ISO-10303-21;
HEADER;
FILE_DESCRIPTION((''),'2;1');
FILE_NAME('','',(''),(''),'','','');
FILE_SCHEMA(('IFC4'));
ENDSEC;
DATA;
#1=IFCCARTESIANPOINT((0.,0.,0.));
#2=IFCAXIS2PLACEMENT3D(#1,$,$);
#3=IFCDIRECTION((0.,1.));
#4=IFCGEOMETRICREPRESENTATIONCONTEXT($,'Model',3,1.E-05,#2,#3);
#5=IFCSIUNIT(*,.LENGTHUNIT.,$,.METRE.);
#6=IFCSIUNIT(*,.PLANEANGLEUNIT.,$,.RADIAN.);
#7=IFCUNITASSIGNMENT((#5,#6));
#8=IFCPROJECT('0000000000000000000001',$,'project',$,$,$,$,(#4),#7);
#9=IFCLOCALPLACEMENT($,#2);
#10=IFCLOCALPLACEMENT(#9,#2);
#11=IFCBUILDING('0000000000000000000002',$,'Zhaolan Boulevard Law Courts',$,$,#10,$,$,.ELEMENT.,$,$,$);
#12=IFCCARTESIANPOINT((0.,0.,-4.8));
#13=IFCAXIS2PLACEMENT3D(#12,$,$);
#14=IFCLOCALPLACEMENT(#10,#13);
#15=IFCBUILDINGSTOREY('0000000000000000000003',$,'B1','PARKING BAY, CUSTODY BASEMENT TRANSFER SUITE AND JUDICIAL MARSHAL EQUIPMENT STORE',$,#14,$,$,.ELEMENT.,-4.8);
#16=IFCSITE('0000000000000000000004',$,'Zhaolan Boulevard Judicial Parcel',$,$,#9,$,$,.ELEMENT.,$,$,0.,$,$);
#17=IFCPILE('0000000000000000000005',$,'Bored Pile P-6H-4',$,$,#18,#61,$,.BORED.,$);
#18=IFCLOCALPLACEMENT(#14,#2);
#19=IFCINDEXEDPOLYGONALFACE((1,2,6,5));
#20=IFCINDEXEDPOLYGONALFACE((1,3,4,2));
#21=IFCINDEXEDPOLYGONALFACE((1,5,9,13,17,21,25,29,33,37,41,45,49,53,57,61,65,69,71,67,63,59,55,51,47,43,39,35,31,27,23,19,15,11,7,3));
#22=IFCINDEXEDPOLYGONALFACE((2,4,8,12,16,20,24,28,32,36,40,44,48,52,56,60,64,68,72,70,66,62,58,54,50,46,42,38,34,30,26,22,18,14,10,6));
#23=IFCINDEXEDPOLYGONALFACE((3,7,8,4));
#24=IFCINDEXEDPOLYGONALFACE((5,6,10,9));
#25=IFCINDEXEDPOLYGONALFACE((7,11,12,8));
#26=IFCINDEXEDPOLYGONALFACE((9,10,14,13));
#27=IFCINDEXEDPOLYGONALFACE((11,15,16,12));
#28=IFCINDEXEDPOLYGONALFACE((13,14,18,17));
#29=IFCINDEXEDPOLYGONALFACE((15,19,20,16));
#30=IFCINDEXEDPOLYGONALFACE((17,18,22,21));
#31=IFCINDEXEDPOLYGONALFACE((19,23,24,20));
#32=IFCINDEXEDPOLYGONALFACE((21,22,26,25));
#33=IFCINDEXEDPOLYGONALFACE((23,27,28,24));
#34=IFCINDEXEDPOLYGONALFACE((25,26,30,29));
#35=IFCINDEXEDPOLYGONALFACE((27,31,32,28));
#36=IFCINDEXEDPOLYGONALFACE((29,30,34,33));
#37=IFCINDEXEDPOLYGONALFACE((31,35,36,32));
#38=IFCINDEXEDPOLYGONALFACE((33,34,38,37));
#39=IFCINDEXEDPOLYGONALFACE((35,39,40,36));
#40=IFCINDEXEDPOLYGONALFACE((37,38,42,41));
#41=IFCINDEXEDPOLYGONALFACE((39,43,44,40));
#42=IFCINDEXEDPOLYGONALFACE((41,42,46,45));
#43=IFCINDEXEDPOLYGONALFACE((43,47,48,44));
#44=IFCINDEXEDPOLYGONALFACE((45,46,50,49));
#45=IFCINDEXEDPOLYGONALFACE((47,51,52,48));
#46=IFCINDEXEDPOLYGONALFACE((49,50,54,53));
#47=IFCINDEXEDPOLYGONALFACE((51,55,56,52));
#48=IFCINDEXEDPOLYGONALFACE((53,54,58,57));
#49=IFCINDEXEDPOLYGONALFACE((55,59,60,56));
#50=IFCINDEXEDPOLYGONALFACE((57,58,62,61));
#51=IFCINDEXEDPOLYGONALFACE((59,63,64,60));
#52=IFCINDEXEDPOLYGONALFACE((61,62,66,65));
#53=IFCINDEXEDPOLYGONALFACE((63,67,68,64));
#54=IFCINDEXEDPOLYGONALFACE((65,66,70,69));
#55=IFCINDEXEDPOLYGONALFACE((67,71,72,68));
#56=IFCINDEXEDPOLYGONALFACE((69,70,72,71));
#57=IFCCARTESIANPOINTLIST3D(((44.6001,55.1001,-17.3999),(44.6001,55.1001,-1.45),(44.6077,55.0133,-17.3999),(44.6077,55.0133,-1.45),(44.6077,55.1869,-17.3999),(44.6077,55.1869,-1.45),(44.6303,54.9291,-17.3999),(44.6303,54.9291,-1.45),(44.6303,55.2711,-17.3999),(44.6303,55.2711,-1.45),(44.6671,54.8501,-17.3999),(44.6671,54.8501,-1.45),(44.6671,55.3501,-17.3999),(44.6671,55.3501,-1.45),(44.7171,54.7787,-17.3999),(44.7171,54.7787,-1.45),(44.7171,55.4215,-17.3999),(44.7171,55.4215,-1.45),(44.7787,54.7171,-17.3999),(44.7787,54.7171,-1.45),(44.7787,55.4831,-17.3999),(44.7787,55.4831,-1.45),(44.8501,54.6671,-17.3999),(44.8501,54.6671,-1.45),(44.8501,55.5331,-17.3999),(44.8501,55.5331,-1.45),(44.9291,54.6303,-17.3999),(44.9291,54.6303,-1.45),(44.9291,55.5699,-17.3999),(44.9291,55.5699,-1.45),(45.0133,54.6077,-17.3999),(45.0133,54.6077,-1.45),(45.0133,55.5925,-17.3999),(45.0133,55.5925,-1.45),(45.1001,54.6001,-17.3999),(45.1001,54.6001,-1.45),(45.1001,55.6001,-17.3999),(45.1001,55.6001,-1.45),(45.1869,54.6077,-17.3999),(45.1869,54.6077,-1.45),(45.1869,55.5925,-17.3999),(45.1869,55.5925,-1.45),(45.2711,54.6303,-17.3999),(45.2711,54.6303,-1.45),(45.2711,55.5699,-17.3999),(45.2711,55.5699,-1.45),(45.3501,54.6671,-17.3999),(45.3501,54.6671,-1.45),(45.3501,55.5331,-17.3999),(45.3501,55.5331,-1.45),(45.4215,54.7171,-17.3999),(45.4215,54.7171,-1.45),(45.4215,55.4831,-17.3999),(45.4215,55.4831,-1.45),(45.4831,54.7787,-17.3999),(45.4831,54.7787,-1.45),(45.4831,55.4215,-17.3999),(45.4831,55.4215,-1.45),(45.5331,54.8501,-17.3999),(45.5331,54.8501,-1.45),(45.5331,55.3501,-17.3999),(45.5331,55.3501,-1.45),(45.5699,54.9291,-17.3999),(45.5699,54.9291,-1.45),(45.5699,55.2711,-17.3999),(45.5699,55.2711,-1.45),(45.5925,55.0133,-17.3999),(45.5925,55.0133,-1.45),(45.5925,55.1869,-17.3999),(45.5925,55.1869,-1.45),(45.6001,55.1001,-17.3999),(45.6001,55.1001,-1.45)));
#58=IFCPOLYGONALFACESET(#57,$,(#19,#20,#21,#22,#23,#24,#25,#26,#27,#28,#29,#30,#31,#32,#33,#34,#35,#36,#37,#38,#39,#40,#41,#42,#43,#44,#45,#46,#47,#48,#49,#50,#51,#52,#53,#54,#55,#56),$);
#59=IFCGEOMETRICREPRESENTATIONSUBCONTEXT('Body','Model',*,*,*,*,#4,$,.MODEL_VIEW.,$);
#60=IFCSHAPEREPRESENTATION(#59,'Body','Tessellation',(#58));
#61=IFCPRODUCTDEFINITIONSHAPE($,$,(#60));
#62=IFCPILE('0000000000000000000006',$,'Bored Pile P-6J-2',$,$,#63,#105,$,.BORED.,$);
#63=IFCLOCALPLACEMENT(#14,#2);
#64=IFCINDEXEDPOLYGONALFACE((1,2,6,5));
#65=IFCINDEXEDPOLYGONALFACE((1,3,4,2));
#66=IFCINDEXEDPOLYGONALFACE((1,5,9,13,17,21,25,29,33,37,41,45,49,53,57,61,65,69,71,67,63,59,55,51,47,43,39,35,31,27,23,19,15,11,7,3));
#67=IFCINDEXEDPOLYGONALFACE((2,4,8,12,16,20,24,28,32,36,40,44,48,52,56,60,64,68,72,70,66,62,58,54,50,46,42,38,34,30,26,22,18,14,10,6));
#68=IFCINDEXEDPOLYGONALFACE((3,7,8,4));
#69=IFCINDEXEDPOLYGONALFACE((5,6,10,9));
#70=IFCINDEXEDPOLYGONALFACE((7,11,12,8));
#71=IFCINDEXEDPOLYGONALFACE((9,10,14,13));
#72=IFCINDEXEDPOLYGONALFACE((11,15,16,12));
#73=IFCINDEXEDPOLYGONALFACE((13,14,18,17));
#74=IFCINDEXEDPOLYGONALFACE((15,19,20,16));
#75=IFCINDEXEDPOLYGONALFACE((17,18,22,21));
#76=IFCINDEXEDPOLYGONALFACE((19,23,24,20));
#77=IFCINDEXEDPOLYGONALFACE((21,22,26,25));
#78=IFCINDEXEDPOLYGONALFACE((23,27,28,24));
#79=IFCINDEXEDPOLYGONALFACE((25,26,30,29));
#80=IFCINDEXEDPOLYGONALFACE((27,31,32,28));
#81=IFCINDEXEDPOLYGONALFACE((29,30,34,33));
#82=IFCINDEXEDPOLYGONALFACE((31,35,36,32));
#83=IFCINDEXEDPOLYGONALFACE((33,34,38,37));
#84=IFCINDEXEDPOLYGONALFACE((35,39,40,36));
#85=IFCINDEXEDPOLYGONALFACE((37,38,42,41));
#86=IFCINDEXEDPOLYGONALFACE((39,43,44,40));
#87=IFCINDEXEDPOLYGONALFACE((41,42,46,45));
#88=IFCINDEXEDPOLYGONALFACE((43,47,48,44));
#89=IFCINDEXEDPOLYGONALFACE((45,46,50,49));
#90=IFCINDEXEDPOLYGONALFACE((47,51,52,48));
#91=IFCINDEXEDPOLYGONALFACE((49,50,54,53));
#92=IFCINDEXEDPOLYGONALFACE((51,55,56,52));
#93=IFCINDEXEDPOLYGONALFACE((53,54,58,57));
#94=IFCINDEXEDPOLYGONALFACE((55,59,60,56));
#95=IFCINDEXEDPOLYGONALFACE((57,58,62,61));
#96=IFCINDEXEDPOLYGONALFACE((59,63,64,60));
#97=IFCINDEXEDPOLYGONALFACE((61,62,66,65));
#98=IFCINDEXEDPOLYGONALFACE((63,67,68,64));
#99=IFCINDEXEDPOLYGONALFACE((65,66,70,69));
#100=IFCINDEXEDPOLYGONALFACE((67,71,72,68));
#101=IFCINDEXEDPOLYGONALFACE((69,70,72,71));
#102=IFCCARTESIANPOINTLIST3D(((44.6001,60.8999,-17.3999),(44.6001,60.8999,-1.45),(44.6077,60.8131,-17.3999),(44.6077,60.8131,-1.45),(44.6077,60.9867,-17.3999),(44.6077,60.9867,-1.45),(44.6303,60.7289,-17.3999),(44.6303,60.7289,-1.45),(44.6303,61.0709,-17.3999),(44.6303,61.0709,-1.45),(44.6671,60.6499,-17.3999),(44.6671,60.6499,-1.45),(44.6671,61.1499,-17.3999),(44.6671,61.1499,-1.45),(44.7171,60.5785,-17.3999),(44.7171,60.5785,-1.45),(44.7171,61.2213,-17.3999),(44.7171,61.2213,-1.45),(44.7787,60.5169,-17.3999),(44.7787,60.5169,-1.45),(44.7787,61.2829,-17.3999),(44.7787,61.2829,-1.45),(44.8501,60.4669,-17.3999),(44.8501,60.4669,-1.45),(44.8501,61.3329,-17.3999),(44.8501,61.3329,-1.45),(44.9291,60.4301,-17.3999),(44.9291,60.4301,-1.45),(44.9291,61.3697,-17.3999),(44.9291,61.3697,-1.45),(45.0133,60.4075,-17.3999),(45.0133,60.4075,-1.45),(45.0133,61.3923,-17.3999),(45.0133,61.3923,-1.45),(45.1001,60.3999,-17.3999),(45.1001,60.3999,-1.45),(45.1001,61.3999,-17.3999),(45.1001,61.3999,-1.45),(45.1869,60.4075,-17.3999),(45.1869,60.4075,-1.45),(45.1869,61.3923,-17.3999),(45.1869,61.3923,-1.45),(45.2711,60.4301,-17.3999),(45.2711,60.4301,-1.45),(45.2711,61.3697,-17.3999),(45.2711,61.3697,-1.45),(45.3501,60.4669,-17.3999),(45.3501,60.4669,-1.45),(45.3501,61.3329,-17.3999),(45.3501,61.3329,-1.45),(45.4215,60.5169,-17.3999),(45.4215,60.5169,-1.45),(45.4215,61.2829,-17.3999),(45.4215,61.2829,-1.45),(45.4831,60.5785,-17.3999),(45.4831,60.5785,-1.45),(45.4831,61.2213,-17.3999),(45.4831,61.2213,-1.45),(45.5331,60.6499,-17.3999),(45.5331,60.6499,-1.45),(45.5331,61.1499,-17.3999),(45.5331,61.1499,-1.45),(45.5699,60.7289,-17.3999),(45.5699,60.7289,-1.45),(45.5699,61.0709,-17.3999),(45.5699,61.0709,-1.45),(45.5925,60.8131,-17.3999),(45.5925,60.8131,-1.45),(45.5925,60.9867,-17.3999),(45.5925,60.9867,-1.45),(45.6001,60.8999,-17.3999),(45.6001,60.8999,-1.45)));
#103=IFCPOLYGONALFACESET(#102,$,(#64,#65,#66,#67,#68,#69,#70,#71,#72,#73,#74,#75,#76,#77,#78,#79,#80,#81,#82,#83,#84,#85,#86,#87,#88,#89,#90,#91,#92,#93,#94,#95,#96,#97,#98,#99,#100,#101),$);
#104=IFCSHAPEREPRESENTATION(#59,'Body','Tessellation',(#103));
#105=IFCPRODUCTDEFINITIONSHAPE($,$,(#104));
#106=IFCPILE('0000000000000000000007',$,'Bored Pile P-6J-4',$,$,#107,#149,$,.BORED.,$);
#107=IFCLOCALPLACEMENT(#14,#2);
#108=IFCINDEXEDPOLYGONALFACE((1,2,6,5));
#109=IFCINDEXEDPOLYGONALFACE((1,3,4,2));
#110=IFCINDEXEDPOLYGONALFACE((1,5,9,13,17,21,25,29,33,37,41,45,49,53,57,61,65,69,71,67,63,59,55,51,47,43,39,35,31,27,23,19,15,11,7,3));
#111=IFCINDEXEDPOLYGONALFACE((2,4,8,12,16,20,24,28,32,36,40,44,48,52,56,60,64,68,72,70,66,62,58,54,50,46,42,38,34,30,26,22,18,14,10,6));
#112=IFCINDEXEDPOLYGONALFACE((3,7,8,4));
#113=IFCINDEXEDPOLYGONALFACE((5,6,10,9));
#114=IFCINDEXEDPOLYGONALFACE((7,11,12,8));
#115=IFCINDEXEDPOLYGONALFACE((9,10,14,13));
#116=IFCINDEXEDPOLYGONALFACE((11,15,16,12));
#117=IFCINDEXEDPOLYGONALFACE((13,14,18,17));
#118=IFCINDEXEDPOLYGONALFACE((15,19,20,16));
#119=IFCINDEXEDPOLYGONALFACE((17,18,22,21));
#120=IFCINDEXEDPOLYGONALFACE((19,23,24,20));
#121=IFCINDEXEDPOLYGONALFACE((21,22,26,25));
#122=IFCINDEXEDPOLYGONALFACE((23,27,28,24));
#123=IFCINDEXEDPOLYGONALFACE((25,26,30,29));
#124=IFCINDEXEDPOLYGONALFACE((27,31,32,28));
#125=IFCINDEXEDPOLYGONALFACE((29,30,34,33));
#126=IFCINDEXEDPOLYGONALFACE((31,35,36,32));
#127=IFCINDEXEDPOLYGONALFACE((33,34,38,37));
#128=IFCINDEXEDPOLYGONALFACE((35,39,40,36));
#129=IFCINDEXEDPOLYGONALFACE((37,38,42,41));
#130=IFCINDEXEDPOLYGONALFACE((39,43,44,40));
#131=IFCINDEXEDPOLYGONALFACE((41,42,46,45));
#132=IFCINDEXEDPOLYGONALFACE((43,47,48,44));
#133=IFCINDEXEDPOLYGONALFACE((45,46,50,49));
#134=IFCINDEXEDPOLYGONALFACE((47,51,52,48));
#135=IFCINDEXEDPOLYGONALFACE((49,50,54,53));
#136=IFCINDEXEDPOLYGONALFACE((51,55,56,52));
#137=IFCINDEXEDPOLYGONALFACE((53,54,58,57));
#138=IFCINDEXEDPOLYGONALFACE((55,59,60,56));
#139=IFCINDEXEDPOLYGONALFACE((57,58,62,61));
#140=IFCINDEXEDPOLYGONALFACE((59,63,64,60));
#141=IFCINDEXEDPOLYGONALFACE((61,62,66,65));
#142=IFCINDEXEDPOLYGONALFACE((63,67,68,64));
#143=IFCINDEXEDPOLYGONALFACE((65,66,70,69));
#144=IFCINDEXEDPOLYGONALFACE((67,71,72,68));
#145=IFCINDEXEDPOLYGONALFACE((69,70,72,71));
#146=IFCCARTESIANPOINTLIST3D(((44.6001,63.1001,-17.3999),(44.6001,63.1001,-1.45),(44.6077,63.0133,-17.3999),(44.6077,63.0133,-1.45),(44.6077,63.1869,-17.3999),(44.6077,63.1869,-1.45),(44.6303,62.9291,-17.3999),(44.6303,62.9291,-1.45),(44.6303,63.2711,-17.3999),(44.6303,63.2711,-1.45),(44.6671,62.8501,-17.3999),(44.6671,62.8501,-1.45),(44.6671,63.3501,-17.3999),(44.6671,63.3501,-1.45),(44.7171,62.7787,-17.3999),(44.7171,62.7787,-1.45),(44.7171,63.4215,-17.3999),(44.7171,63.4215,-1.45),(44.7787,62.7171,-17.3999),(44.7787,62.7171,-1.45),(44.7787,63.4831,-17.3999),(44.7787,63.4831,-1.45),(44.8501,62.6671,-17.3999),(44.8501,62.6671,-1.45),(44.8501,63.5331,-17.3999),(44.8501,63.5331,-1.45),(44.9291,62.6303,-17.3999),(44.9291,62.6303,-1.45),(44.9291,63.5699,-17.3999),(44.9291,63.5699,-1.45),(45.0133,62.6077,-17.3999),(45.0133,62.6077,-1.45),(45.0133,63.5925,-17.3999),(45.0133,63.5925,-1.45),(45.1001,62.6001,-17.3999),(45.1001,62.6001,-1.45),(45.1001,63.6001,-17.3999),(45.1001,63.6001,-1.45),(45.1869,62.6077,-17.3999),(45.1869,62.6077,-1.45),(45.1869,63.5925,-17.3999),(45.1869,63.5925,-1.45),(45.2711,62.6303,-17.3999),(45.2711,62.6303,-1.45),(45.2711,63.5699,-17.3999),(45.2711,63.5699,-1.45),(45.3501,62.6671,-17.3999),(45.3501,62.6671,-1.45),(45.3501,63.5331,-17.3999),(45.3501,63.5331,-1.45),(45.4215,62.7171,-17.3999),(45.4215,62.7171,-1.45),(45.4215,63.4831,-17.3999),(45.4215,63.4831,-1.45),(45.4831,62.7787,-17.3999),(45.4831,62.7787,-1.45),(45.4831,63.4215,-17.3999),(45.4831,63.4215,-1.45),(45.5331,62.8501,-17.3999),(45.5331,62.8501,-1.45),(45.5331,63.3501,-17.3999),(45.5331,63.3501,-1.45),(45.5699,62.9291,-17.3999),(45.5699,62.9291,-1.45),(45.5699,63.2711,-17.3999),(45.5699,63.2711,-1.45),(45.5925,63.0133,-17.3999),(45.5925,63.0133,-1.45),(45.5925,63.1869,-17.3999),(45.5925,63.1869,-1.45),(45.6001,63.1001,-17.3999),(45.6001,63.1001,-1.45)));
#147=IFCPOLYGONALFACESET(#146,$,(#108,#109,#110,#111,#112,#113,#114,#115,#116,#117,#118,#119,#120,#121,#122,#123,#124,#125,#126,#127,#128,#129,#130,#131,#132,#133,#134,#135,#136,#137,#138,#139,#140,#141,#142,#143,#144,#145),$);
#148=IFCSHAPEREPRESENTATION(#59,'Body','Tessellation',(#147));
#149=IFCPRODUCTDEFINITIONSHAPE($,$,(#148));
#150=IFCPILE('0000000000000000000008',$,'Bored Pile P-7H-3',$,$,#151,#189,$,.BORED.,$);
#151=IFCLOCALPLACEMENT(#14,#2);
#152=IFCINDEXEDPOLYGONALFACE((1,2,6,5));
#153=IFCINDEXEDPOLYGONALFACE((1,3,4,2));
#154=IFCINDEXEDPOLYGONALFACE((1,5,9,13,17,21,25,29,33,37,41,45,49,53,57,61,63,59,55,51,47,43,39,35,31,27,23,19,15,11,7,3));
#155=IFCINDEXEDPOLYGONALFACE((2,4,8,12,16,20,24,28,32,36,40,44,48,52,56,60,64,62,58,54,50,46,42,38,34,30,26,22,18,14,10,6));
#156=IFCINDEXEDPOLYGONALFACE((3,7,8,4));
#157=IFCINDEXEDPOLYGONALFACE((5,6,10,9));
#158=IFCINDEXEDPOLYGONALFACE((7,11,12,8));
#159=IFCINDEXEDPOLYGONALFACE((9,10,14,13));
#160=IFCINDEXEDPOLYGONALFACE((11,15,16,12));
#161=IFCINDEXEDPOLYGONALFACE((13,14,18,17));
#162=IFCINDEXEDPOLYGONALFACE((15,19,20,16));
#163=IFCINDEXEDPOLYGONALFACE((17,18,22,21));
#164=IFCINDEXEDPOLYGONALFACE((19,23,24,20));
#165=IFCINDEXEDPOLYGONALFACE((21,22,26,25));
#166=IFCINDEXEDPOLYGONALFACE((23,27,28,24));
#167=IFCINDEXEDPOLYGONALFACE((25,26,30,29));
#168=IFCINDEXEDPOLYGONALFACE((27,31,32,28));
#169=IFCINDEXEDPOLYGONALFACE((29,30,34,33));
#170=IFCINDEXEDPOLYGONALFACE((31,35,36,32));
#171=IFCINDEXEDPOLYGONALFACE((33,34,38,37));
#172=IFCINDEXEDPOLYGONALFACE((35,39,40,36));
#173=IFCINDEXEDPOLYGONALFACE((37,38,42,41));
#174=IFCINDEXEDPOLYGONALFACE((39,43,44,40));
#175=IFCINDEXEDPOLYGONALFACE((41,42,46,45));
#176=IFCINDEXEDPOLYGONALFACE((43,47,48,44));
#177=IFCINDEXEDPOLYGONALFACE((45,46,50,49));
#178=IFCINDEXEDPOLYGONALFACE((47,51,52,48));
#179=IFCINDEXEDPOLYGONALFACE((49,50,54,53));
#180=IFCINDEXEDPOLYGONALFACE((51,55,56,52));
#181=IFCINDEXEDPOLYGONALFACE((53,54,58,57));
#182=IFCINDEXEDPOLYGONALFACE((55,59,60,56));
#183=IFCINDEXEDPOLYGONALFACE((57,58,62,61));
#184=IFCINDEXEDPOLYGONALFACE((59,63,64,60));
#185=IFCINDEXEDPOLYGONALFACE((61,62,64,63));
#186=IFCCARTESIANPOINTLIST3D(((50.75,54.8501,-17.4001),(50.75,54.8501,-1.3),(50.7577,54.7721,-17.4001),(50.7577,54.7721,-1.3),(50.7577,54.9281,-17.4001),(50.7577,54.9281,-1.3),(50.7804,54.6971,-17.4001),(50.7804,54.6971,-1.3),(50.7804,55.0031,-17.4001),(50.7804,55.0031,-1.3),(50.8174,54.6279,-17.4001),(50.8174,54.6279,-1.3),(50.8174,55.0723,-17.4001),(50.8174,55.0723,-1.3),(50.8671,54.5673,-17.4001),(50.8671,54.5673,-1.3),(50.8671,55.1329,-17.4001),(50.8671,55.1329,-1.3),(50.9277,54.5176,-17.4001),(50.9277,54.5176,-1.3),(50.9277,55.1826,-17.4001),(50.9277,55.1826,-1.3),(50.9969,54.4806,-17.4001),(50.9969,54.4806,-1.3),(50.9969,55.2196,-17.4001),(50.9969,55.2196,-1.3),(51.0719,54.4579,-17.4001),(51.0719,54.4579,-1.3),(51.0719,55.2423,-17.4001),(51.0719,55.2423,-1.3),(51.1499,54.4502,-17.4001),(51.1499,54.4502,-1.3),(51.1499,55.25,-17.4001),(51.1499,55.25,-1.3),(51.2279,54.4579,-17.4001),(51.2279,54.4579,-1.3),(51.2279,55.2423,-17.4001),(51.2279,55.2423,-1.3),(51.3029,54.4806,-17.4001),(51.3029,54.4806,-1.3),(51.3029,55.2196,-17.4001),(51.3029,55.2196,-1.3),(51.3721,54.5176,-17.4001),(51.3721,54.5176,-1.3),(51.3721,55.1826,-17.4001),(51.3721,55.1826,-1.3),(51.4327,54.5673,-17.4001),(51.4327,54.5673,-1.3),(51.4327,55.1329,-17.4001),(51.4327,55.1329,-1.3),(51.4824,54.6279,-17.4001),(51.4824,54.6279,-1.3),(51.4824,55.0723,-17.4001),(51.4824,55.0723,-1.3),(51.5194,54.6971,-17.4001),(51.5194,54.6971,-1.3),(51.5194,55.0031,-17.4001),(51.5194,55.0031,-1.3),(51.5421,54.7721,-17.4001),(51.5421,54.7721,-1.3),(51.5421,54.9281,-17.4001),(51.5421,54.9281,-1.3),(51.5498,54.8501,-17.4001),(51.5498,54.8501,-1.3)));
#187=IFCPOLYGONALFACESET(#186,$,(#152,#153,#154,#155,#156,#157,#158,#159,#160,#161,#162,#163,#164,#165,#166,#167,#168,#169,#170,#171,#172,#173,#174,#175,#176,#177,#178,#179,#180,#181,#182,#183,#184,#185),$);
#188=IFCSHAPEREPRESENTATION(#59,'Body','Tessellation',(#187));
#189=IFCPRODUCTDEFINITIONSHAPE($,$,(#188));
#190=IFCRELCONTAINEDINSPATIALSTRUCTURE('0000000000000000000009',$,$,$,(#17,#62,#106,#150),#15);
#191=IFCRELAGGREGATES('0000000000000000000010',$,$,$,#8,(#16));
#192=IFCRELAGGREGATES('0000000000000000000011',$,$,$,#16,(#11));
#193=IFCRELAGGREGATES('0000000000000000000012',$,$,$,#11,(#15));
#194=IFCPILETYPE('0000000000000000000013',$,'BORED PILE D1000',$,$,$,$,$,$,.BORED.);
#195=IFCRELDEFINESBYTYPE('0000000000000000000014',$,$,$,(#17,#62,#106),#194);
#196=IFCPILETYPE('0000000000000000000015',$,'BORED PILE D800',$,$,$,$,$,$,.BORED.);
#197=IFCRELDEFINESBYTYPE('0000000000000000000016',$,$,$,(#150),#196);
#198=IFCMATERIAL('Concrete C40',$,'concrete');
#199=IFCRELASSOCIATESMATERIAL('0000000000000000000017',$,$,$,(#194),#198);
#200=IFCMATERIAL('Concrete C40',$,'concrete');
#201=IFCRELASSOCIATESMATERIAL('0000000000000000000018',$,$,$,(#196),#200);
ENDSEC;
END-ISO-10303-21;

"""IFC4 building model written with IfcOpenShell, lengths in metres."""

from ifc_helpers import new_model, si_unit, direction, frame, origin, origin_2d, place, context, subcontext, project, spatial, circle, extrude, material, material_profile, profile_set, type_object, element, save


model = new_model("IFC4")

# Units and contexts
model_context = context("Model", 3, precision=1e-05, world=origin(), true_north=direction((0.0, 1.0)))
body_context = subcontext(model_context, "Body", "Model", "MODEL_VIEW")
ifc_project = project(units=[si_unit("LENGTHUNIT", "METRE"), si_unit("PLANEANGLEUNIT", "RADIAN")], contexts=[model_context])

# Site, building, storey
site_placement = place(None, origin())
site = spatial("IfcSite", under=ifc_project, at=site_placement, Name="Zhaolan Boulevard Judicial Parcel", CompositionType="ELEMENT", RefElevation=0.0)
building_placement = place(site_placement, origin())
building = spatial("IfcBuilding", under=site, at=building_placement, Name="Zhaolan Boulevard Law Courts", CompositionType="ELEMENT")
storey_placement = place(building_placement, frame((0.0, 0.0, -4.8)))
storey = spatial("IfcBuildingStorey", under=building, at=storey_placement, Name="B1", Description="PARKING BAY, CUSTODY BASEMENT TRANSFER SUITE AND JUDICIAL MARSHAL EQUIPMENT STORE", CompositionType="ELEMENT", Elevation=-4.8)

# Piles
ifc_material_1 = material(Name="Concrete C40", Category="concrete")
ifc_material_profile_1 = material_profile(ifc_material_1, circle(Radius=0.5, at=origin_2d()), Name="PILE-D1000")
ifc_profile_set_1 = profile_set([ifc_material_profile_1], Name="Concrete C40")
pile_type_1 = type_object("IfcPileType", Name="BORED PILE D1000", PredefinedType="BORED", material=ifc_profile_set_1)
for number, where, z_axis, x_axis, name in (
    (1, (45.1001, 55.1001, -1.45), (0.0, 0.0, -1.0), (1.0, 0.0, 0.0), "Bored Pile P-6H-4"),
    (2, (45.1001, 60.8999, -1.45), (0.0, 0.0, -1.0), (1.0, 0.0, 0.0), "Bored Pile P-6J-2"),
    (3, (45.1001, 63.1001, -1.45), (0.0, 0.0, -1.0), (1.0, 0.0, 0.0), "Bored Pile P-6J-4"),
):
    element("IfcPile", number, at=place(storey_placement, frame(where, z_axis=z_axis, x_axis=x_axis)), inside=storey, type_object=pile_type_1, Name=name, PredefinedType="BORED", context=body_context, shape_type="SweptSolid", body=[
        extrude(circle(Radius=0.5, at=origin_2d()), origin(), (0.0, 0.0, 1.0), 15.95),
    ])
ifc_material_2 = material(Name="Concrete C40", Category="concrete")
ifc_material_profile_2 = material_profile(ifc_material_2, circle(Radius=0.3999, at=origin_2d()), Name="PILE-D800")
ifc_profile_set_2 = profile_set([ifc_material_profile_2], Name="Concrete C40")
pile_type_2 = type_object("IfcPileType", Name="BORED PILE D800", PredefinedType="BORED", material=ifc_profile_set_2)
pile_placement = place(storey_placement, frame((51.1499, 54.8501, -1.3), z_axis=(0.0, 0.0, -1.0), x_axis=(1.0, 0.0, 0.0)))
element("IfcPile", 4, at=pile_placement, inside=storey, type_object=pile_type_2, Name="Bored Pile P-7H-3", PredefinedType="BORED", context=body_context, shape_type="SweptSolid", body=[
    extrude(circle(Radius=0.3999, at=origin_2d()), origin(), (0.0, 0.0, 1.0), 16.1001),
])

save(model, "model.ifc")
